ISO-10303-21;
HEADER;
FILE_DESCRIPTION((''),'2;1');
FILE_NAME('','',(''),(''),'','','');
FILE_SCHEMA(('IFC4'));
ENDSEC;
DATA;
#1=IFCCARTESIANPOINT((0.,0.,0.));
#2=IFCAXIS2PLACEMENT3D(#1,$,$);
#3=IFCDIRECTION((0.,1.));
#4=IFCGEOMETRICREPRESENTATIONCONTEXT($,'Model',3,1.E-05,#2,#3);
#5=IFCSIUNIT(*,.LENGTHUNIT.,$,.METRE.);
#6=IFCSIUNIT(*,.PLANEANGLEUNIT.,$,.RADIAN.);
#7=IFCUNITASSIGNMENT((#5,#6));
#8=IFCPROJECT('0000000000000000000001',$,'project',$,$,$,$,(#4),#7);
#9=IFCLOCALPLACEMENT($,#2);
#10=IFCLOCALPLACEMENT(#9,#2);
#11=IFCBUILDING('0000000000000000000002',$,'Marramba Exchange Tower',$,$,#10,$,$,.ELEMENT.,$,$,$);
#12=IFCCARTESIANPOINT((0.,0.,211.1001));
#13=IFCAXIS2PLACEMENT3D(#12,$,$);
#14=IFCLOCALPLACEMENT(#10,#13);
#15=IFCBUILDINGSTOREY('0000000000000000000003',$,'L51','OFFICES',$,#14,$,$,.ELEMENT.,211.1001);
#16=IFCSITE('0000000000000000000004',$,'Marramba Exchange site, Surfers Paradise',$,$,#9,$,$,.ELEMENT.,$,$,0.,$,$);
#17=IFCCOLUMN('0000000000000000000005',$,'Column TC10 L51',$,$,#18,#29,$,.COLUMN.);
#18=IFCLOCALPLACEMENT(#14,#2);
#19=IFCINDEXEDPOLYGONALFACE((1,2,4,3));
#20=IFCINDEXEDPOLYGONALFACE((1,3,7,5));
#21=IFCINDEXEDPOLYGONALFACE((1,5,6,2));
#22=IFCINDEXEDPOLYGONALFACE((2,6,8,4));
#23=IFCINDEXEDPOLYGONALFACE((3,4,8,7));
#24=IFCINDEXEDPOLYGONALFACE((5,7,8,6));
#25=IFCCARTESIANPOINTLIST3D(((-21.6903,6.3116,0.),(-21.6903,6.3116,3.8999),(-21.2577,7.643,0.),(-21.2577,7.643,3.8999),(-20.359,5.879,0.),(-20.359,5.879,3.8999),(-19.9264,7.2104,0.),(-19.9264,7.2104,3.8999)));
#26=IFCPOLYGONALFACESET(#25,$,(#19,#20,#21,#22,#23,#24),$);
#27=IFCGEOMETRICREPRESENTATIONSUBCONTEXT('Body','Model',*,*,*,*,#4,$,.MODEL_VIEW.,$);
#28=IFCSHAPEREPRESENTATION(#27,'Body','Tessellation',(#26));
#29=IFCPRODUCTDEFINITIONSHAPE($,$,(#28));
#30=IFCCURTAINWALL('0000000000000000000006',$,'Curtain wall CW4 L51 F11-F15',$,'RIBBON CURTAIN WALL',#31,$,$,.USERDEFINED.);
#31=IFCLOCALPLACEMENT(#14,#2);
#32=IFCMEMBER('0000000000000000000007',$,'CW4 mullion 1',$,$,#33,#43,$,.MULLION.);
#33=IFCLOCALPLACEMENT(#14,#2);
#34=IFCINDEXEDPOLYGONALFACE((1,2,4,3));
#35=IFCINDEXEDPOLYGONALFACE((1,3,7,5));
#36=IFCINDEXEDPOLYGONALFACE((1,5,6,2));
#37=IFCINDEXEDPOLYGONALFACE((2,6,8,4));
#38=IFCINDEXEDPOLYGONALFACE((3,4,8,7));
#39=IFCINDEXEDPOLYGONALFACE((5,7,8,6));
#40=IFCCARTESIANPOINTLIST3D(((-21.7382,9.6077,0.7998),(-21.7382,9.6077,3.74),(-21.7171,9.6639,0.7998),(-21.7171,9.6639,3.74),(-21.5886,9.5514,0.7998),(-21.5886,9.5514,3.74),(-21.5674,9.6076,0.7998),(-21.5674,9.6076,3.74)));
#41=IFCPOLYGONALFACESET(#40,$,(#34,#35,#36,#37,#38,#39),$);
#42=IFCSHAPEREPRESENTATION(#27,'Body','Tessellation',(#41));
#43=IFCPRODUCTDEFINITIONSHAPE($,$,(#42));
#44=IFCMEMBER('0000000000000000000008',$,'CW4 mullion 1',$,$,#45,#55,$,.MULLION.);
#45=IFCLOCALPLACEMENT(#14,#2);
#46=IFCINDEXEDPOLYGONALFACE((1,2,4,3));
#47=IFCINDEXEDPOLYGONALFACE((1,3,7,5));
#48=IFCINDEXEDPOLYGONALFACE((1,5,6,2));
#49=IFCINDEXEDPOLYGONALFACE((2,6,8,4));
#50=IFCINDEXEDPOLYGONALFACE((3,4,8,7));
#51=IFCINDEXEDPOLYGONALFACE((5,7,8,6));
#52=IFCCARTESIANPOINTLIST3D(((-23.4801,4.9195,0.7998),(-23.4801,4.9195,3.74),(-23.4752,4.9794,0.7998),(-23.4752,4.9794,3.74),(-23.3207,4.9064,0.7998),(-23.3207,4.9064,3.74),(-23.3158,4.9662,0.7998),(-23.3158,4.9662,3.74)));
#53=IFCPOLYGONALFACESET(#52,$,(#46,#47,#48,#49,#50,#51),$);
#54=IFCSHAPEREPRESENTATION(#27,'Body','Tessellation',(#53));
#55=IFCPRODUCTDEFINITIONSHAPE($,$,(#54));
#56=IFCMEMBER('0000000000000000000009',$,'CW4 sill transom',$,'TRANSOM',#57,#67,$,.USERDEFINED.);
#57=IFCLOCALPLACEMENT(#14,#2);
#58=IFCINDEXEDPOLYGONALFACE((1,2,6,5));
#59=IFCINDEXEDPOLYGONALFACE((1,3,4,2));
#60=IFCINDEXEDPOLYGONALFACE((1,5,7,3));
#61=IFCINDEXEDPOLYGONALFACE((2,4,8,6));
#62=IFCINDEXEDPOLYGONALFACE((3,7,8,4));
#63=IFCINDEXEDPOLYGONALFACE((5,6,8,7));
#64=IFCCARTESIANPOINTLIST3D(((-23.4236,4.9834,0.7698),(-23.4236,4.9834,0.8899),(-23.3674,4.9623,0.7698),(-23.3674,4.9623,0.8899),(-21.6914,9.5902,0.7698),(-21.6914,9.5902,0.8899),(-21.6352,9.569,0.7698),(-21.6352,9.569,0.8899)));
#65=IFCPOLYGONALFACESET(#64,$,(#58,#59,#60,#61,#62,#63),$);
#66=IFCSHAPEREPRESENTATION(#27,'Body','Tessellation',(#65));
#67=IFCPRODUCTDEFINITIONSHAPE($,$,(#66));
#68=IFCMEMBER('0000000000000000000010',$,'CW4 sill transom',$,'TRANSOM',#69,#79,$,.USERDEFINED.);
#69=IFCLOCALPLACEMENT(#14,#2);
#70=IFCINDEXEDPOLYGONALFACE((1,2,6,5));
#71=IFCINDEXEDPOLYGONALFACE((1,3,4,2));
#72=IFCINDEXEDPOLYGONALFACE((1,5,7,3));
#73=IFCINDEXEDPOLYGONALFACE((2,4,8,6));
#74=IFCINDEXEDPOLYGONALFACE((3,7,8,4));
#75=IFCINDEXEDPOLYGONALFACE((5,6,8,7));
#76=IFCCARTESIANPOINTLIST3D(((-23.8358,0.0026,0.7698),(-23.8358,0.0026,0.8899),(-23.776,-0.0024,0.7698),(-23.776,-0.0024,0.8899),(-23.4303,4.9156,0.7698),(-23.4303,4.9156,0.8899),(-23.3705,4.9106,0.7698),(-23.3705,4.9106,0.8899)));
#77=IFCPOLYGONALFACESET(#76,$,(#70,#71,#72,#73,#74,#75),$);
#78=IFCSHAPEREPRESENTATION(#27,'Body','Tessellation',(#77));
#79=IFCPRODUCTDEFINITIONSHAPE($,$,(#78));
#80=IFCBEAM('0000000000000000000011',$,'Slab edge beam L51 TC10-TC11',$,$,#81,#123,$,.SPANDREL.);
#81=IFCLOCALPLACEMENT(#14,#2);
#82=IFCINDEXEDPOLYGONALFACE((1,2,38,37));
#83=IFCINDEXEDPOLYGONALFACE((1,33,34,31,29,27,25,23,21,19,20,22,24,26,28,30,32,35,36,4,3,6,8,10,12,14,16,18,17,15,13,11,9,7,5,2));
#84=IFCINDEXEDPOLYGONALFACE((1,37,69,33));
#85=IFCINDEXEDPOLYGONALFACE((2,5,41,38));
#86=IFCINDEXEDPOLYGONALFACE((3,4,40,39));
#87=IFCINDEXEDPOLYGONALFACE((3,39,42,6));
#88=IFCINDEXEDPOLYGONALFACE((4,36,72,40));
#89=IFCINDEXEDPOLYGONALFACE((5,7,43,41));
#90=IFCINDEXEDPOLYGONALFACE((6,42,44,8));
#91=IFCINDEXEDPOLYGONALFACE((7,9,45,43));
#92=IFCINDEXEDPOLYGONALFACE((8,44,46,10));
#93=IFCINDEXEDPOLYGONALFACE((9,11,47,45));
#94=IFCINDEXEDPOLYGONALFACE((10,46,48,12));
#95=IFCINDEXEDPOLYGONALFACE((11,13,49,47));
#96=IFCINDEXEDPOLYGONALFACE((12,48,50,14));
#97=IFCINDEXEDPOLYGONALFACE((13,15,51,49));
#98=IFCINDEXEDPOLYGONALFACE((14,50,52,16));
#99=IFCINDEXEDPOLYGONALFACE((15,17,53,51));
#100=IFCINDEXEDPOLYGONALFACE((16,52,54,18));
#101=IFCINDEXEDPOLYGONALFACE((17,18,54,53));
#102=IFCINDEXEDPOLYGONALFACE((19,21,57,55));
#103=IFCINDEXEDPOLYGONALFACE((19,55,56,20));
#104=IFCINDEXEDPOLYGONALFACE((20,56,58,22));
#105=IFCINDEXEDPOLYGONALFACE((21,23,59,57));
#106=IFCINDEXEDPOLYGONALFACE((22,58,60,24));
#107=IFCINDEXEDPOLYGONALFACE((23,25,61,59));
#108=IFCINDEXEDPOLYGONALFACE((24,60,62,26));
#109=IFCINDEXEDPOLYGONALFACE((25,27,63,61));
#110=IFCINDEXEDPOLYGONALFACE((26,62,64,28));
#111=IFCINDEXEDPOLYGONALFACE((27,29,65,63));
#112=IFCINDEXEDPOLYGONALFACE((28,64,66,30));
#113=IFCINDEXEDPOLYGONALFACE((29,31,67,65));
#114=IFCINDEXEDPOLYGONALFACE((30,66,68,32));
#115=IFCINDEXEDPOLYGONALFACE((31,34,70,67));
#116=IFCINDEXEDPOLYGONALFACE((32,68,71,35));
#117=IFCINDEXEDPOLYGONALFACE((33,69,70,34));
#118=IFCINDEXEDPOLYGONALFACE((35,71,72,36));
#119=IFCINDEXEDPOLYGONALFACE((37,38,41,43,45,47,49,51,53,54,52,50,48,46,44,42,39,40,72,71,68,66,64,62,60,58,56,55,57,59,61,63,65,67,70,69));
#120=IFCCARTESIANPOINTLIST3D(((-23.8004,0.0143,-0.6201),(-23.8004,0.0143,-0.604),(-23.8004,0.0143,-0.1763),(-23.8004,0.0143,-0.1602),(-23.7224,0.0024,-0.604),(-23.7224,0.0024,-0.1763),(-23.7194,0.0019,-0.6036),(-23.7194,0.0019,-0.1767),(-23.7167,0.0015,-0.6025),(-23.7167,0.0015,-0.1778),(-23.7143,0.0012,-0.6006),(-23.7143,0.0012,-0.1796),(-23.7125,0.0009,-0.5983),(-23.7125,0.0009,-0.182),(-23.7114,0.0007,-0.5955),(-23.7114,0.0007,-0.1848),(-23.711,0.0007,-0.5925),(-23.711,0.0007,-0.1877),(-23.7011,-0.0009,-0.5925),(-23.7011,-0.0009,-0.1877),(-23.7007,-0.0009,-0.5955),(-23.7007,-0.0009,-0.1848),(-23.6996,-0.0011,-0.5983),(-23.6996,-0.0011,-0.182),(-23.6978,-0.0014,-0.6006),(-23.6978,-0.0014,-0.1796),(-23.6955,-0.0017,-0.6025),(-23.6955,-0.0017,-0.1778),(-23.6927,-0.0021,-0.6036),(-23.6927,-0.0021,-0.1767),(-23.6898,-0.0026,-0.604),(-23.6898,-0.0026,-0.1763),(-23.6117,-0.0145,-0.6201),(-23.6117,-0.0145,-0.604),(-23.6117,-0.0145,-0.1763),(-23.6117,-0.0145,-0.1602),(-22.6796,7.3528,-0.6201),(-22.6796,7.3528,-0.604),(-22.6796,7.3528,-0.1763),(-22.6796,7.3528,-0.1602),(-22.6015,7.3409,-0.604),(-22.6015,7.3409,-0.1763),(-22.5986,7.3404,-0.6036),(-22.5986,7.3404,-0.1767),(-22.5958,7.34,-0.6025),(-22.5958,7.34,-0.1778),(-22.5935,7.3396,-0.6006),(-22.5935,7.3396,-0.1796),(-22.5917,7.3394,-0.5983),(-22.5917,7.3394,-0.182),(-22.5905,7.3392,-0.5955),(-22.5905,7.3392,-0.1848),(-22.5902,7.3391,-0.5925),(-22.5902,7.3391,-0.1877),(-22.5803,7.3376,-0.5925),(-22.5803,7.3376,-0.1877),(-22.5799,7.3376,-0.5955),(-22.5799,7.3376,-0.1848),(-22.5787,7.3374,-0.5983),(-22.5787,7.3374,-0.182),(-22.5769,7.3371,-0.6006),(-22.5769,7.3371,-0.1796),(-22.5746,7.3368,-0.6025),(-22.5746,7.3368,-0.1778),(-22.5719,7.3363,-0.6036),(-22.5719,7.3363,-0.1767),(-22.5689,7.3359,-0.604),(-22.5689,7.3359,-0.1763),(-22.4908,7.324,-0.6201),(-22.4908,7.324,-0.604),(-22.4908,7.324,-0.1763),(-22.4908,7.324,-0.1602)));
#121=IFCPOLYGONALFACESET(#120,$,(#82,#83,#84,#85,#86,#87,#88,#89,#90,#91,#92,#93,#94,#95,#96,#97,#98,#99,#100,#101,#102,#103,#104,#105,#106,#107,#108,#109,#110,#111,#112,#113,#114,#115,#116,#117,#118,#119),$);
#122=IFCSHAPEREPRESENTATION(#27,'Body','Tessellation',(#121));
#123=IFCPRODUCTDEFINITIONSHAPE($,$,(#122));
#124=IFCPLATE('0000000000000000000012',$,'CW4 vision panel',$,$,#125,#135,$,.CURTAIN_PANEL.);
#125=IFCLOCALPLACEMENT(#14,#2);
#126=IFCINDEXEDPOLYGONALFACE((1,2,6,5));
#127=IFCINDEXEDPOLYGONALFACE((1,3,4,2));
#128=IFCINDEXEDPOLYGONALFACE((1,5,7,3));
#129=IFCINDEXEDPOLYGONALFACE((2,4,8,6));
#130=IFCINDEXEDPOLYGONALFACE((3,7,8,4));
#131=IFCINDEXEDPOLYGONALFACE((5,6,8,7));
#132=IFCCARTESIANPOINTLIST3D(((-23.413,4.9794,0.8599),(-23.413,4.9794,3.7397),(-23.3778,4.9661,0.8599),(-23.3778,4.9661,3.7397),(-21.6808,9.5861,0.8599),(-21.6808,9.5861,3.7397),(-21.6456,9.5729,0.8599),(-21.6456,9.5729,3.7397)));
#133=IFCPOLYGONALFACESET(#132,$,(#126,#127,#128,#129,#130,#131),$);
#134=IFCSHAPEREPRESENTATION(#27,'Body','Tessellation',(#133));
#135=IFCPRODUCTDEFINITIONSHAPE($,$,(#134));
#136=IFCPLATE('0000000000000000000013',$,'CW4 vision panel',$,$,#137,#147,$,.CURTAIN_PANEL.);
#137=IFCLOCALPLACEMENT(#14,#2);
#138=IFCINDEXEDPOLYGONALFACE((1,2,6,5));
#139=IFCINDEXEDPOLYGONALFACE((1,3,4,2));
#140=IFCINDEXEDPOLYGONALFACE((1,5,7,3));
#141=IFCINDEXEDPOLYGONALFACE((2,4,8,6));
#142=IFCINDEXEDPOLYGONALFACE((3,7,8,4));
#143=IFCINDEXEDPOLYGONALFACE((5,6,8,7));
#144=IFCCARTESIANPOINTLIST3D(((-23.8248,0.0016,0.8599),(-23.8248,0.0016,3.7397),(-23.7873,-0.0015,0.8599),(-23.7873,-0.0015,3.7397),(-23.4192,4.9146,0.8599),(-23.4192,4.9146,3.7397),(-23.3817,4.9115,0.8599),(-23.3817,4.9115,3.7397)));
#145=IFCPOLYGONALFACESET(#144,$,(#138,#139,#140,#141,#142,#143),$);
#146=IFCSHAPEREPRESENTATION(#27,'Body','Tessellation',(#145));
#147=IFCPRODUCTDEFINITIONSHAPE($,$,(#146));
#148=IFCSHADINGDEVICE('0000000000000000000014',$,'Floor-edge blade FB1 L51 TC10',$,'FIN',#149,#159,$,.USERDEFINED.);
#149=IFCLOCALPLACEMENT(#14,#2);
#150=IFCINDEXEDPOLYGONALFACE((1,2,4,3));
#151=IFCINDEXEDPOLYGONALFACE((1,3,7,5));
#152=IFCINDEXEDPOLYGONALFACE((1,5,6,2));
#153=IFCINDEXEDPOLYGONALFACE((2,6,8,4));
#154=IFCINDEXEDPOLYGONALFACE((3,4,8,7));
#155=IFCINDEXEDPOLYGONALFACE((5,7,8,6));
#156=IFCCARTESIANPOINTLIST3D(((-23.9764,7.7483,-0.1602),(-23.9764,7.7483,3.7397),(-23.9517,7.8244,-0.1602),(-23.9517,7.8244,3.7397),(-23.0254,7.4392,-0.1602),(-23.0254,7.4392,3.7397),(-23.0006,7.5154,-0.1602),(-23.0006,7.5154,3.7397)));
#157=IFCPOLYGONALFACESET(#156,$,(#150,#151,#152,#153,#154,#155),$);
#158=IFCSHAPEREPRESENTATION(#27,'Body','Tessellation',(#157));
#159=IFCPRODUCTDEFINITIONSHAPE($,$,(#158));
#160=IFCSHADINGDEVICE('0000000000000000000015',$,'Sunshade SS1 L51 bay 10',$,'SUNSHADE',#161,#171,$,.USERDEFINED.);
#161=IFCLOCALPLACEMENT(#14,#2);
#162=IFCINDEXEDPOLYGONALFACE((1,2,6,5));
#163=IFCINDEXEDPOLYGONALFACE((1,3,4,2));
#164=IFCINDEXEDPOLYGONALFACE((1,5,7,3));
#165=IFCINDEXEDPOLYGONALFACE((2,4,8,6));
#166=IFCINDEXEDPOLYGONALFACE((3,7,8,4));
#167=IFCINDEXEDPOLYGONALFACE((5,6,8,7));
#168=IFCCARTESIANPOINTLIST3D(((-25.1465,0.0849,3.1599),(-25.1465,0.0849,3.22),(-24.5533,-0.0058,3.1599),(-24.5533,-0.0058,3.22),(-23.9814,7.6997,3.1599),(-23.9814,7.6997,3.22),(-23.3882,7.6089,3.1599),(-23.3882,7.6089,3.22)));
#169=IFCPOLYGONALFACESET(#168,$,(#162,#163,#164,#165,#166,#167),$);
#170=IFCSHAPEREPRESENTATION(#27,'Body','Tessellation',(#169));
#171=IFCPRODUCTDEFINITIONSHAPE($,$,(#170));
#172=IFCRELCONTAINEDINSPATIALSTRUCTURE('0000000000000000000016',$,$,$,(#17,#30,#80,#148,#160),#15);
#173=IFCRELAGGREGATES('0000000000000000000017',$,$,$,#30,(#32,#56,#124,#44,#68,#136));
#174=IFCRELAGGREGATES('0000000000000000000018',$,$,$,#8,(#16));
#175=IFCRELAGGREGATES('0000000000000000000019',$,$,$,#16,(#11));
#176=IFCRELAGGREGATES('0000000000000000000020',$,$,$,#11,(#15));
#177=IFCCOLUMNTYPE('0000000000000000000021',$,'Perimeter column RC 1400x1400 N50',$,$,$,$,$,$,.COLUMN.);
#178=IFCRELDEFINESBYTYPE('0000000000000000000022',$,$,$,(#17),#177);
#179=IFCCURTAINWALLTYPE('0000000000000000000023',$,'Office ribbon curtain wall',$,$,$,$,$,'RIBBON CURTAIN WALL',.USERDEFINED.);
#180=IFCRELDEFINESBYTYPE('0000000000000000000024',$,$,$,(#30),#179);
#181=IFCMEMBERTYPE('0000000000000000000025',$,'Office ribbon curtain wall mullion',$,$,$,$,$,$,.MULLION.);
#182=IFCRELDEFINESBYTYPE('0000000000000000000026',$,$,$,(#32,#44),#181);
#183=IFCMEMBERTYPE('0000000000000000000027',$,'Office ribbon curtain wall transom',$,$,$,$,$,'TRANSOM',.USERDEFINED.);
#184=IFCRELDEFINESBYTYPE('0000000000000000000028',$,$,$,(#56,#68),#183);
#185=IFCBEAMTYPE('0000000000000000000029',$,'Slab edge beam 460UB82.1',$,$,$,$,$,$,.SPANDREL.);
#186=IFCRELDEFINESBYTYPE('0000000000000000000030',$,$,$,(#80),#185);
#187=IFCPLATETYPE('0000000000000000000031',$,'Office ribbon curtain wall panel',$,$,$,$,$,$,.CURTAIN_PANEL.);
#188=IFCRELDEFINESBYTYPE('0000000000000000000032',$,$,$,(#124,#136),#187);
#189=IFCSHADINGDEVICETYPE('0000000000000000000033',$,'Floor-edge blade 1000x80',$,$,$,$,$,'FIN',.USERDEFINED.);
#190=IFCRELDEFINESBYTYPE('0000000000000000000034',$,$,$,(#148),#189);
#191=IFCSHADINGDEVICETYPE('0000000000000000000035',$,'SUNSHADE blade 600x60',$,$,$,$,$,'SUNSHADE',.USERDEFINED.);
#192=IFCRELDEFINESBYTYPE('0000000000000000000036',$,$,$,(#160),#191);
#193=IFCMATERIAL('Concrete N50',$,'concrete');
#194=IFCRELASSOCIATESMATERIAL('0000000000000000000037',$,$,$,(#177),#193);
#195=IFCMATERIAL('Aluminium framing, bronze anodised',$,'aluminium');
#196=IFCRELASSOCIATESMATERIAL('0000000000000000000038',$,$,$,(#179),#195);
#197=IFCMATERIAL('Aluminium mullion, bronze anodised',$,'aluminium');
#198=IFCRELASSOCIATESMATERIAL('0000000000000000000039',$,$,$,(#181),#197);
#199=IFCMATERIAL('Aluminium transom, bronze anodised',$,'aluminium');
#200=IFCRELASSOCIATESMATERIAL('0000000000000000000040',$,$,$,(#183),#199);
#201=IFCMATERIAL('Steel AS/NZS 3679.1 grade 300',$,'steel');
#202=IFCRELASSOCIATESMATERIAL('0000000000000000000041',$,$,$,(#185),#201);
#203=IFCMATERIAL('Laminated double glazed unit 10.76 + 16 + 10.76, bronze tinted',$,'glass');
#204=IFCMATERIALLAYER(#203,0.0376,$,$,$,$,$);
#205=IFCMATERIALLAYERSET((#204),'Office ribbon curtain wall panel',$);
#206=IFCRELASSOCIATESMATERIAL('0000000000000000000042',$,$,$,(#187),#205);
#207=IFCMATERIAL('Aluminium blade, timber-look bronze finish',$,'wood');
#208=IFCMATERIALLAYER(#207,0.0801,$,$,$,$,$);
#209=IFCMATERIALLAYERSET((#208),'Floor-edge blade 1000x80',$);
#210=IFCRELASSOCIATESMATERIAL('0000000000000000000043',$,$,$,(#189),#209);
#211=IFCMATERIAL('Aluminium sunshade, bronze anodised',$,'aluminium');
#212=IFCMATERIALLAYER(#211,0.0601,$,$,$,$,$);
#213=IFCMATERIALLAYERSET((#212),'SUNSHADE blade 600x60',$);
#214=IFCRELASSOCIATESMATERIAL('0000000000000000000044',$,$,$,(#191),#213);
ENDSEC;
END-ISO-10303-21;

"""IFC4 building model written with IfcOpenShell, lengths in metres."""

from ifc_helpers import new_model, si_unit, direction, frame, origin, origin_2d, place, context, subcontext, project, spatial, rectangle, i_section, extrude, material, layer, layer_set, material_profile, profile_set, type_object, element, aggregate, save


model = new_model("IFC4")

# Units and contexts
model_context = context("Model", 3, precision=1e-05, world=origin(), true_north=direction((0.0, 1.0)))
body_context = subcontext(model_context, "Body", "Model", "MODEL_VIEW")
ifc_project = project(units=[si_unit("LENGTHUNIT", "METRE"), si_unit("PLANEANGLEUNIT", "RADIAN")], contexts=[model_context])

# Site, building, storey
site_placement = place(None, origin())
site = spatial("IfcSite", under=ifc_project, at=site_placement, Name="Marramba Exchange site, Surfers Paradise", CompositionType="ELEMENT", RefElevation=0.0)
building_placement = place(site_placement, origin())
building = spatial("IfcBuilding", under=site, at=building_placement, Name="Marramba Exchange Tower", CompositionType="ELEMENT")
storey_placement = place(building_placement, frame((0.0, 0.0, 211.1001)))
storey = spatial("IfcBuildingStorey", under=building, at=storey_placement, Name="L51", Description="OFFICES", CompositionType="ELEMENT", Elevation=211.1001)

# Column
ifc_material_1 = material(Name="Concrete N50", Category="concrete")
ifc_material_profile_1 = material_profile(ifc_material_1, rectangle(XDim=1.3999, YDim=1.3999, at=origin_2d()), Name="RC 1400x1400")
ifc_profile_set_1 = profile_set([ifc_material_profile_1], Name="Concrete N50")
column_type = type_object("IfcColumnType", Name="Perimeter column RC 1400x1400 N50", PredefinedType="COLUMN", material=ifc_profile_set_1)
column_placement = place(storey_placement, frame((-20.8083, 6.761, 0.0), z_axis=(0.0, 0.0, 1.0), x_axis=(-0.951057, 0.309017, 0.0)))
element("IfcColumn", 1, at=column_placement, inside=storey, type_object=column_type, Name="Column TC10 L51", PredefinedType="COLUMN", context=body_context, shape_type="SweptSolid", body=[
    extrude(rectangle(XDim=1.3999, YDim=1.3999, at=origin_2d()), origin(), (0.0, 0.0, 1.0), 3.8999),
])

# Curtain wall, members
ifc_material_2 = material(Name="Aluminium framing, bronze anodised", Category="aluminium")
curtain_wall_type = type_object("IfcCurtainWallType", Name="Office ribbon curtain wall", ElementType="RIBBON CURTAIN WALL", PredefinedType="USERDEFINED", material=ifc_material_2)
curtain_wall_placement = place(storey_placement, origin())
curtain_wall = element("IfcCurtainWall", 2, at=curtain_wall_placement, inside=storey, type_object=curtain_wall_type, Name="Curtain wall CW4 L51 F11-F15", ObjectType="RIBBON CURTAIN WALL", PredefinedType="USERDEFINED")
ifc_material_3 = material(Name="Aluminium mullion, bronze anodised", Category="aluminium")
ifc_material_profile_2 = material_profile(ifc_material_3, rectangle(XDim=0.1599, YDim=0.0601, at=origin_2d()), Name="CW4 mullion 60x160")
ifc_profile_set_2 = profile_set([ifc_material_profile_2], Name="Aluminium mullion, bronze anodised")
member_type_1 = type_object("IfcMemberType", Name="Office ribbon curtain wall mullion", PredefinedType="MULLION", material=ifc_profile_set_2)
member_1_placement = place(storey_placement, frame((-21.6528, 9.6077, 0.7998), z_axis=(0.0, 0.0, 1.0), x_axis=(0.936018, -0.351952, 0.0)))
member_1 = element("IfcMember", 3, at=member_1_placement, type_object=member_type_1, Name="CW4 mullion 1", PredefinedType="MULLION", context=body_context, shape_type="SweptSolid", body=[
    extrude(rectangle(XDim=0.1599, YDim=0.0601, at=origin_2d()), origin(), (0.0, 0.0, 1.0), 2.9402),
])
member_2_placement = place(storey_placement, frame((-23.3979, 4.9429, 0.7998), z_axis=(0.0, 0.0, 1.0), x_axis=(0.996609, -0.082281, 0.0)))
member_2 = element("IfcMember", 4, at=member_2_placement, type_object=member_type_1, Name="CW4 mullion 1", PredefinedType="MULLION", context=body_context, shape_type="SweptSolid", body=[
    extrude(rectangle(XDim=0.1599, YDim=0.0601, at=origin_2d()), origin(), (0.0, 0.0, 1.0), 2.9402),
])
ifc_material_4 = material(Name="Aluminium transom, bronze anodised", Category="aluminium")
ifc_material_profile_3 = material_profile(ifc_material_4, rectangle(XDim=0.0601, YDim=0.1201, at=origin_2d()), Name="CW4 transom 60x120")
ifc_profile_set_3 = profile_set([ifc_material_profile_3], Name="Aluminium transom, bronze anodised")
member_type_2 = type_object("IfcMemberType", Name="Office ribbon curtain wall transom", ElementType="TRANSOM", PredefinedType="USERDEFINED", material=ifc_profile_set_3)
member_3_placement = place(storey_placement, frame((-21.6633, 9.5796, 0.8298), z_axis=(-0.351955, -0.936017, 0.0), x_axis=(0.936017, -0.351955, 0.0)))
member_3 = element("IfcMember", 5, at=member_3_placement, type_object=member_type_2, Name="CW4 sill transom", ObjectType="TRANSOM", PredefinedType="USERDEFINED", context=body_context, shape_type="SweptSolid", body=[
    extrude(rectangle(XDim=0.0601, YDim=0.1201, at=origin_2d()), origin(), (0.0, 0.0, 1.0), 4.9216),
])
member_4_placement = place(storey_placement, frame((-23.4004, 4.9131, 0.8298), z_axis=(-0.082259, -0.996611, 0.0), x_axis=(0.996611, -0.082259, 0.0)))
member_4 = element("IfcMember", 6, at=member_4_placement, type_object=member_type_2, Name="CW4 sill transom", ObjectType="TRANSOM", PredefinedType="USERDEFINED", context=body_context, shape_type="SweptSolid", body=[
    extrude(rectangle(XDim=0.0601, YDim=0.1201, at=origin_2d()), origin(), (0.0, 0.0, 1.0), 4.9297),
])

# Beam
ifc_material_5 = material(Name="Steel AS/NZS 3679.1 grade 300", Category="steel")
ifc_material_profile_4 = material_profile(ifc_material_5, i_section(OverallWidth=0.1909, OverallDepth=0.46, WebThickness=0.01, FlangeThickness=0.0161, FilletRadius=0.0115, at=origin_2d()), Name="460UB82.1")
ifc_profile_set_4 = profile_set([ifc_material_profile_4], Name="Steel AS/NZS 3679.1 grade 300")
beam_type = type_object("IfcBeamType", Name="Slab edge beam 460UB82.1", PredefinedType="SPANDREL", material=ifc_profile_set_4)
beam_placement = place(storey_placement, frame((-22.5852, 7.3384, -0.3901), z_axis=(-0.150987, -0.988536, 0.0), x_axis=(0.988536, -0.150987, 0.0)))
element("IfcBeam", 7, at=beam_placement, inside=storey, type_object=beam_type, Name="Slab edge beam L51 TC10-TC11", PredefinedType="SPANDREL", context=body_context, shape_type="SweptSolid", body=[
    extrude(i_section(OverallWidth=0.1909, OverallDepth=0.46, WebThickness=0.01, FlangeThickness=0.0161, FilletRadius=0.0115, at=origin_2d()), origin(), (0.0, 0.0, 1.0), 7.4236),
])

# Plates
ifc_material_6 = material(Name="Laminated double glazed unit 10.76 + 16 + 10.76, bronze tinted", Category="glass")
ifc_layer_1 = layer(ifc_material_6, 0.0376)
ifc_layer_set_1 = layer_set([ifc_layer_1], Name="Office ribbon curtain wall panel")
plate_type = type_object("IfcPlateType", Name="Office ribbon curtain wall panel", PredefinedType="CURTAIN_PANEL", material=ifc_layer_set_1)
plate_1_placement = place(storey_placement, frame((-22.5293, 7.2761, 0.8599), z_axis=(0.0, 0.0, 1.0), x_axis=(-0.351952, -0.936018, 0.0)))
plate_1 = element("IfcPlate", 8, at=plate_1_placement, type_object=plate_type, Name="CW4 vision panel", PredefinedType="CURTAIN_PANEL", context=body_context, shape_type="SweptSolid", body=[
    extrude(rectangle(XDim=4.9216, YDim=0.0376, at=origin_2d()), origin(), (0.0, 0.0, 1.0), 2.8799),
])
plate_2_placement = place(storey_placement, frame((-23.6033, 2.4565, 0.8599), z_axis=(0.0, 0.0, 1.0), x_axis=(-0.082281, -0.996609, 0.0)))
plate_2 = element("IfcPlate", 9, at=plate_2_placement, type_object=plate_type, Name="CW4 vision panel", PredefinedType="CURTAIN_PANEL", context=body_context, shape_type="SweptSolid", body=[
    extrude(rectangle(XDim=4.9297, YDim=0.0376, at=origin_2d()), origin(), (0.0, 0.0, 1.0), 2.8799),
])
aggregate(curtain_wall, [member_1, member_3, plate_1, member_2, member_4, plate_2])

# Shading devices
ifc_material_7 = material(Name="Aluminium blade, timber-look bronze finish", Category="wood")
ifc_layer_2 = layer(ifc_material_7, 0.0801)
ifc_layer_set_2 = layer_set([ifc_layer_2], Name="Floor-edge blade 1000x80")
shading_device_type_1 = type_object("IfcShadingDeviceType", Name="Floor-edge blade 1000x80", ElementType="FIN", PredefinedType="USERDEFINED", material=ifc_layer_set_2)
shading_device_1_placement = place(storey_placement, frame((-23.4885, 7.6318, -0.1602), z_axis=(0.0, 0.0, 1.0), x_axis=(-0.951057, 0.309017, 0.0)))
element("IfcShadingDevice", 10, at=shading_device_1_placement, inside=storey, type_object=shading_device_type_1, Name="Floor-edge blade FB1 L51 TC10", ObjectType="FIN", PredefinedType="USERDEFINED", context=body_context, shape_type="SweptSolid", body=[
    extrude(rectangle(XDim=1.0, YDim=0.0801, at=origin_2d()), origin(), (0.0, 0.0, 1.0), 3.8999),
])
ifc_material_8 = material(Name="Aluminium sunshade, bronze anodised", Category="aluminium")
ifc_layer_3 = layer(ifc_material_8, 0.0601)
ifc_layer_set_3 = layer_set([ifc_layer_3], Name="SUNSHADE blade 600x60")
shading_device_type_2 = type_object("IfcShadingDeviceType", Name="SUNSHADE blade 600x60", ElementType="SUNSHADE", PredefinedType="USERDEFINED", material=ifc_layer_set_3)
shading_device_2_placement = place(storey_placement, frame((-24.2673, 3.8469, 3.1599), z_axis=(0.0, 0.0, 1.0), x_axis=(-0.151241, -0.988497, 0.0)))
element("IfcShadingDevice", 11, at=shading_device_2_placement, inside=storey, type_object=shading_device_type_2, Name="Sunshade SS1 L51 bay 10", ObjectType="SUNSHADE", PredefinedType="USERDEFINED", context=body_context, shape_type="SweptSolid", body=[
    extrude(rectangle(XDim=7.7034, YDim=0.6001, at=origin_2d()), origin(), (0.0, 0.0, 1.0), 0.0601),
])

save(model, "model.ifc")
